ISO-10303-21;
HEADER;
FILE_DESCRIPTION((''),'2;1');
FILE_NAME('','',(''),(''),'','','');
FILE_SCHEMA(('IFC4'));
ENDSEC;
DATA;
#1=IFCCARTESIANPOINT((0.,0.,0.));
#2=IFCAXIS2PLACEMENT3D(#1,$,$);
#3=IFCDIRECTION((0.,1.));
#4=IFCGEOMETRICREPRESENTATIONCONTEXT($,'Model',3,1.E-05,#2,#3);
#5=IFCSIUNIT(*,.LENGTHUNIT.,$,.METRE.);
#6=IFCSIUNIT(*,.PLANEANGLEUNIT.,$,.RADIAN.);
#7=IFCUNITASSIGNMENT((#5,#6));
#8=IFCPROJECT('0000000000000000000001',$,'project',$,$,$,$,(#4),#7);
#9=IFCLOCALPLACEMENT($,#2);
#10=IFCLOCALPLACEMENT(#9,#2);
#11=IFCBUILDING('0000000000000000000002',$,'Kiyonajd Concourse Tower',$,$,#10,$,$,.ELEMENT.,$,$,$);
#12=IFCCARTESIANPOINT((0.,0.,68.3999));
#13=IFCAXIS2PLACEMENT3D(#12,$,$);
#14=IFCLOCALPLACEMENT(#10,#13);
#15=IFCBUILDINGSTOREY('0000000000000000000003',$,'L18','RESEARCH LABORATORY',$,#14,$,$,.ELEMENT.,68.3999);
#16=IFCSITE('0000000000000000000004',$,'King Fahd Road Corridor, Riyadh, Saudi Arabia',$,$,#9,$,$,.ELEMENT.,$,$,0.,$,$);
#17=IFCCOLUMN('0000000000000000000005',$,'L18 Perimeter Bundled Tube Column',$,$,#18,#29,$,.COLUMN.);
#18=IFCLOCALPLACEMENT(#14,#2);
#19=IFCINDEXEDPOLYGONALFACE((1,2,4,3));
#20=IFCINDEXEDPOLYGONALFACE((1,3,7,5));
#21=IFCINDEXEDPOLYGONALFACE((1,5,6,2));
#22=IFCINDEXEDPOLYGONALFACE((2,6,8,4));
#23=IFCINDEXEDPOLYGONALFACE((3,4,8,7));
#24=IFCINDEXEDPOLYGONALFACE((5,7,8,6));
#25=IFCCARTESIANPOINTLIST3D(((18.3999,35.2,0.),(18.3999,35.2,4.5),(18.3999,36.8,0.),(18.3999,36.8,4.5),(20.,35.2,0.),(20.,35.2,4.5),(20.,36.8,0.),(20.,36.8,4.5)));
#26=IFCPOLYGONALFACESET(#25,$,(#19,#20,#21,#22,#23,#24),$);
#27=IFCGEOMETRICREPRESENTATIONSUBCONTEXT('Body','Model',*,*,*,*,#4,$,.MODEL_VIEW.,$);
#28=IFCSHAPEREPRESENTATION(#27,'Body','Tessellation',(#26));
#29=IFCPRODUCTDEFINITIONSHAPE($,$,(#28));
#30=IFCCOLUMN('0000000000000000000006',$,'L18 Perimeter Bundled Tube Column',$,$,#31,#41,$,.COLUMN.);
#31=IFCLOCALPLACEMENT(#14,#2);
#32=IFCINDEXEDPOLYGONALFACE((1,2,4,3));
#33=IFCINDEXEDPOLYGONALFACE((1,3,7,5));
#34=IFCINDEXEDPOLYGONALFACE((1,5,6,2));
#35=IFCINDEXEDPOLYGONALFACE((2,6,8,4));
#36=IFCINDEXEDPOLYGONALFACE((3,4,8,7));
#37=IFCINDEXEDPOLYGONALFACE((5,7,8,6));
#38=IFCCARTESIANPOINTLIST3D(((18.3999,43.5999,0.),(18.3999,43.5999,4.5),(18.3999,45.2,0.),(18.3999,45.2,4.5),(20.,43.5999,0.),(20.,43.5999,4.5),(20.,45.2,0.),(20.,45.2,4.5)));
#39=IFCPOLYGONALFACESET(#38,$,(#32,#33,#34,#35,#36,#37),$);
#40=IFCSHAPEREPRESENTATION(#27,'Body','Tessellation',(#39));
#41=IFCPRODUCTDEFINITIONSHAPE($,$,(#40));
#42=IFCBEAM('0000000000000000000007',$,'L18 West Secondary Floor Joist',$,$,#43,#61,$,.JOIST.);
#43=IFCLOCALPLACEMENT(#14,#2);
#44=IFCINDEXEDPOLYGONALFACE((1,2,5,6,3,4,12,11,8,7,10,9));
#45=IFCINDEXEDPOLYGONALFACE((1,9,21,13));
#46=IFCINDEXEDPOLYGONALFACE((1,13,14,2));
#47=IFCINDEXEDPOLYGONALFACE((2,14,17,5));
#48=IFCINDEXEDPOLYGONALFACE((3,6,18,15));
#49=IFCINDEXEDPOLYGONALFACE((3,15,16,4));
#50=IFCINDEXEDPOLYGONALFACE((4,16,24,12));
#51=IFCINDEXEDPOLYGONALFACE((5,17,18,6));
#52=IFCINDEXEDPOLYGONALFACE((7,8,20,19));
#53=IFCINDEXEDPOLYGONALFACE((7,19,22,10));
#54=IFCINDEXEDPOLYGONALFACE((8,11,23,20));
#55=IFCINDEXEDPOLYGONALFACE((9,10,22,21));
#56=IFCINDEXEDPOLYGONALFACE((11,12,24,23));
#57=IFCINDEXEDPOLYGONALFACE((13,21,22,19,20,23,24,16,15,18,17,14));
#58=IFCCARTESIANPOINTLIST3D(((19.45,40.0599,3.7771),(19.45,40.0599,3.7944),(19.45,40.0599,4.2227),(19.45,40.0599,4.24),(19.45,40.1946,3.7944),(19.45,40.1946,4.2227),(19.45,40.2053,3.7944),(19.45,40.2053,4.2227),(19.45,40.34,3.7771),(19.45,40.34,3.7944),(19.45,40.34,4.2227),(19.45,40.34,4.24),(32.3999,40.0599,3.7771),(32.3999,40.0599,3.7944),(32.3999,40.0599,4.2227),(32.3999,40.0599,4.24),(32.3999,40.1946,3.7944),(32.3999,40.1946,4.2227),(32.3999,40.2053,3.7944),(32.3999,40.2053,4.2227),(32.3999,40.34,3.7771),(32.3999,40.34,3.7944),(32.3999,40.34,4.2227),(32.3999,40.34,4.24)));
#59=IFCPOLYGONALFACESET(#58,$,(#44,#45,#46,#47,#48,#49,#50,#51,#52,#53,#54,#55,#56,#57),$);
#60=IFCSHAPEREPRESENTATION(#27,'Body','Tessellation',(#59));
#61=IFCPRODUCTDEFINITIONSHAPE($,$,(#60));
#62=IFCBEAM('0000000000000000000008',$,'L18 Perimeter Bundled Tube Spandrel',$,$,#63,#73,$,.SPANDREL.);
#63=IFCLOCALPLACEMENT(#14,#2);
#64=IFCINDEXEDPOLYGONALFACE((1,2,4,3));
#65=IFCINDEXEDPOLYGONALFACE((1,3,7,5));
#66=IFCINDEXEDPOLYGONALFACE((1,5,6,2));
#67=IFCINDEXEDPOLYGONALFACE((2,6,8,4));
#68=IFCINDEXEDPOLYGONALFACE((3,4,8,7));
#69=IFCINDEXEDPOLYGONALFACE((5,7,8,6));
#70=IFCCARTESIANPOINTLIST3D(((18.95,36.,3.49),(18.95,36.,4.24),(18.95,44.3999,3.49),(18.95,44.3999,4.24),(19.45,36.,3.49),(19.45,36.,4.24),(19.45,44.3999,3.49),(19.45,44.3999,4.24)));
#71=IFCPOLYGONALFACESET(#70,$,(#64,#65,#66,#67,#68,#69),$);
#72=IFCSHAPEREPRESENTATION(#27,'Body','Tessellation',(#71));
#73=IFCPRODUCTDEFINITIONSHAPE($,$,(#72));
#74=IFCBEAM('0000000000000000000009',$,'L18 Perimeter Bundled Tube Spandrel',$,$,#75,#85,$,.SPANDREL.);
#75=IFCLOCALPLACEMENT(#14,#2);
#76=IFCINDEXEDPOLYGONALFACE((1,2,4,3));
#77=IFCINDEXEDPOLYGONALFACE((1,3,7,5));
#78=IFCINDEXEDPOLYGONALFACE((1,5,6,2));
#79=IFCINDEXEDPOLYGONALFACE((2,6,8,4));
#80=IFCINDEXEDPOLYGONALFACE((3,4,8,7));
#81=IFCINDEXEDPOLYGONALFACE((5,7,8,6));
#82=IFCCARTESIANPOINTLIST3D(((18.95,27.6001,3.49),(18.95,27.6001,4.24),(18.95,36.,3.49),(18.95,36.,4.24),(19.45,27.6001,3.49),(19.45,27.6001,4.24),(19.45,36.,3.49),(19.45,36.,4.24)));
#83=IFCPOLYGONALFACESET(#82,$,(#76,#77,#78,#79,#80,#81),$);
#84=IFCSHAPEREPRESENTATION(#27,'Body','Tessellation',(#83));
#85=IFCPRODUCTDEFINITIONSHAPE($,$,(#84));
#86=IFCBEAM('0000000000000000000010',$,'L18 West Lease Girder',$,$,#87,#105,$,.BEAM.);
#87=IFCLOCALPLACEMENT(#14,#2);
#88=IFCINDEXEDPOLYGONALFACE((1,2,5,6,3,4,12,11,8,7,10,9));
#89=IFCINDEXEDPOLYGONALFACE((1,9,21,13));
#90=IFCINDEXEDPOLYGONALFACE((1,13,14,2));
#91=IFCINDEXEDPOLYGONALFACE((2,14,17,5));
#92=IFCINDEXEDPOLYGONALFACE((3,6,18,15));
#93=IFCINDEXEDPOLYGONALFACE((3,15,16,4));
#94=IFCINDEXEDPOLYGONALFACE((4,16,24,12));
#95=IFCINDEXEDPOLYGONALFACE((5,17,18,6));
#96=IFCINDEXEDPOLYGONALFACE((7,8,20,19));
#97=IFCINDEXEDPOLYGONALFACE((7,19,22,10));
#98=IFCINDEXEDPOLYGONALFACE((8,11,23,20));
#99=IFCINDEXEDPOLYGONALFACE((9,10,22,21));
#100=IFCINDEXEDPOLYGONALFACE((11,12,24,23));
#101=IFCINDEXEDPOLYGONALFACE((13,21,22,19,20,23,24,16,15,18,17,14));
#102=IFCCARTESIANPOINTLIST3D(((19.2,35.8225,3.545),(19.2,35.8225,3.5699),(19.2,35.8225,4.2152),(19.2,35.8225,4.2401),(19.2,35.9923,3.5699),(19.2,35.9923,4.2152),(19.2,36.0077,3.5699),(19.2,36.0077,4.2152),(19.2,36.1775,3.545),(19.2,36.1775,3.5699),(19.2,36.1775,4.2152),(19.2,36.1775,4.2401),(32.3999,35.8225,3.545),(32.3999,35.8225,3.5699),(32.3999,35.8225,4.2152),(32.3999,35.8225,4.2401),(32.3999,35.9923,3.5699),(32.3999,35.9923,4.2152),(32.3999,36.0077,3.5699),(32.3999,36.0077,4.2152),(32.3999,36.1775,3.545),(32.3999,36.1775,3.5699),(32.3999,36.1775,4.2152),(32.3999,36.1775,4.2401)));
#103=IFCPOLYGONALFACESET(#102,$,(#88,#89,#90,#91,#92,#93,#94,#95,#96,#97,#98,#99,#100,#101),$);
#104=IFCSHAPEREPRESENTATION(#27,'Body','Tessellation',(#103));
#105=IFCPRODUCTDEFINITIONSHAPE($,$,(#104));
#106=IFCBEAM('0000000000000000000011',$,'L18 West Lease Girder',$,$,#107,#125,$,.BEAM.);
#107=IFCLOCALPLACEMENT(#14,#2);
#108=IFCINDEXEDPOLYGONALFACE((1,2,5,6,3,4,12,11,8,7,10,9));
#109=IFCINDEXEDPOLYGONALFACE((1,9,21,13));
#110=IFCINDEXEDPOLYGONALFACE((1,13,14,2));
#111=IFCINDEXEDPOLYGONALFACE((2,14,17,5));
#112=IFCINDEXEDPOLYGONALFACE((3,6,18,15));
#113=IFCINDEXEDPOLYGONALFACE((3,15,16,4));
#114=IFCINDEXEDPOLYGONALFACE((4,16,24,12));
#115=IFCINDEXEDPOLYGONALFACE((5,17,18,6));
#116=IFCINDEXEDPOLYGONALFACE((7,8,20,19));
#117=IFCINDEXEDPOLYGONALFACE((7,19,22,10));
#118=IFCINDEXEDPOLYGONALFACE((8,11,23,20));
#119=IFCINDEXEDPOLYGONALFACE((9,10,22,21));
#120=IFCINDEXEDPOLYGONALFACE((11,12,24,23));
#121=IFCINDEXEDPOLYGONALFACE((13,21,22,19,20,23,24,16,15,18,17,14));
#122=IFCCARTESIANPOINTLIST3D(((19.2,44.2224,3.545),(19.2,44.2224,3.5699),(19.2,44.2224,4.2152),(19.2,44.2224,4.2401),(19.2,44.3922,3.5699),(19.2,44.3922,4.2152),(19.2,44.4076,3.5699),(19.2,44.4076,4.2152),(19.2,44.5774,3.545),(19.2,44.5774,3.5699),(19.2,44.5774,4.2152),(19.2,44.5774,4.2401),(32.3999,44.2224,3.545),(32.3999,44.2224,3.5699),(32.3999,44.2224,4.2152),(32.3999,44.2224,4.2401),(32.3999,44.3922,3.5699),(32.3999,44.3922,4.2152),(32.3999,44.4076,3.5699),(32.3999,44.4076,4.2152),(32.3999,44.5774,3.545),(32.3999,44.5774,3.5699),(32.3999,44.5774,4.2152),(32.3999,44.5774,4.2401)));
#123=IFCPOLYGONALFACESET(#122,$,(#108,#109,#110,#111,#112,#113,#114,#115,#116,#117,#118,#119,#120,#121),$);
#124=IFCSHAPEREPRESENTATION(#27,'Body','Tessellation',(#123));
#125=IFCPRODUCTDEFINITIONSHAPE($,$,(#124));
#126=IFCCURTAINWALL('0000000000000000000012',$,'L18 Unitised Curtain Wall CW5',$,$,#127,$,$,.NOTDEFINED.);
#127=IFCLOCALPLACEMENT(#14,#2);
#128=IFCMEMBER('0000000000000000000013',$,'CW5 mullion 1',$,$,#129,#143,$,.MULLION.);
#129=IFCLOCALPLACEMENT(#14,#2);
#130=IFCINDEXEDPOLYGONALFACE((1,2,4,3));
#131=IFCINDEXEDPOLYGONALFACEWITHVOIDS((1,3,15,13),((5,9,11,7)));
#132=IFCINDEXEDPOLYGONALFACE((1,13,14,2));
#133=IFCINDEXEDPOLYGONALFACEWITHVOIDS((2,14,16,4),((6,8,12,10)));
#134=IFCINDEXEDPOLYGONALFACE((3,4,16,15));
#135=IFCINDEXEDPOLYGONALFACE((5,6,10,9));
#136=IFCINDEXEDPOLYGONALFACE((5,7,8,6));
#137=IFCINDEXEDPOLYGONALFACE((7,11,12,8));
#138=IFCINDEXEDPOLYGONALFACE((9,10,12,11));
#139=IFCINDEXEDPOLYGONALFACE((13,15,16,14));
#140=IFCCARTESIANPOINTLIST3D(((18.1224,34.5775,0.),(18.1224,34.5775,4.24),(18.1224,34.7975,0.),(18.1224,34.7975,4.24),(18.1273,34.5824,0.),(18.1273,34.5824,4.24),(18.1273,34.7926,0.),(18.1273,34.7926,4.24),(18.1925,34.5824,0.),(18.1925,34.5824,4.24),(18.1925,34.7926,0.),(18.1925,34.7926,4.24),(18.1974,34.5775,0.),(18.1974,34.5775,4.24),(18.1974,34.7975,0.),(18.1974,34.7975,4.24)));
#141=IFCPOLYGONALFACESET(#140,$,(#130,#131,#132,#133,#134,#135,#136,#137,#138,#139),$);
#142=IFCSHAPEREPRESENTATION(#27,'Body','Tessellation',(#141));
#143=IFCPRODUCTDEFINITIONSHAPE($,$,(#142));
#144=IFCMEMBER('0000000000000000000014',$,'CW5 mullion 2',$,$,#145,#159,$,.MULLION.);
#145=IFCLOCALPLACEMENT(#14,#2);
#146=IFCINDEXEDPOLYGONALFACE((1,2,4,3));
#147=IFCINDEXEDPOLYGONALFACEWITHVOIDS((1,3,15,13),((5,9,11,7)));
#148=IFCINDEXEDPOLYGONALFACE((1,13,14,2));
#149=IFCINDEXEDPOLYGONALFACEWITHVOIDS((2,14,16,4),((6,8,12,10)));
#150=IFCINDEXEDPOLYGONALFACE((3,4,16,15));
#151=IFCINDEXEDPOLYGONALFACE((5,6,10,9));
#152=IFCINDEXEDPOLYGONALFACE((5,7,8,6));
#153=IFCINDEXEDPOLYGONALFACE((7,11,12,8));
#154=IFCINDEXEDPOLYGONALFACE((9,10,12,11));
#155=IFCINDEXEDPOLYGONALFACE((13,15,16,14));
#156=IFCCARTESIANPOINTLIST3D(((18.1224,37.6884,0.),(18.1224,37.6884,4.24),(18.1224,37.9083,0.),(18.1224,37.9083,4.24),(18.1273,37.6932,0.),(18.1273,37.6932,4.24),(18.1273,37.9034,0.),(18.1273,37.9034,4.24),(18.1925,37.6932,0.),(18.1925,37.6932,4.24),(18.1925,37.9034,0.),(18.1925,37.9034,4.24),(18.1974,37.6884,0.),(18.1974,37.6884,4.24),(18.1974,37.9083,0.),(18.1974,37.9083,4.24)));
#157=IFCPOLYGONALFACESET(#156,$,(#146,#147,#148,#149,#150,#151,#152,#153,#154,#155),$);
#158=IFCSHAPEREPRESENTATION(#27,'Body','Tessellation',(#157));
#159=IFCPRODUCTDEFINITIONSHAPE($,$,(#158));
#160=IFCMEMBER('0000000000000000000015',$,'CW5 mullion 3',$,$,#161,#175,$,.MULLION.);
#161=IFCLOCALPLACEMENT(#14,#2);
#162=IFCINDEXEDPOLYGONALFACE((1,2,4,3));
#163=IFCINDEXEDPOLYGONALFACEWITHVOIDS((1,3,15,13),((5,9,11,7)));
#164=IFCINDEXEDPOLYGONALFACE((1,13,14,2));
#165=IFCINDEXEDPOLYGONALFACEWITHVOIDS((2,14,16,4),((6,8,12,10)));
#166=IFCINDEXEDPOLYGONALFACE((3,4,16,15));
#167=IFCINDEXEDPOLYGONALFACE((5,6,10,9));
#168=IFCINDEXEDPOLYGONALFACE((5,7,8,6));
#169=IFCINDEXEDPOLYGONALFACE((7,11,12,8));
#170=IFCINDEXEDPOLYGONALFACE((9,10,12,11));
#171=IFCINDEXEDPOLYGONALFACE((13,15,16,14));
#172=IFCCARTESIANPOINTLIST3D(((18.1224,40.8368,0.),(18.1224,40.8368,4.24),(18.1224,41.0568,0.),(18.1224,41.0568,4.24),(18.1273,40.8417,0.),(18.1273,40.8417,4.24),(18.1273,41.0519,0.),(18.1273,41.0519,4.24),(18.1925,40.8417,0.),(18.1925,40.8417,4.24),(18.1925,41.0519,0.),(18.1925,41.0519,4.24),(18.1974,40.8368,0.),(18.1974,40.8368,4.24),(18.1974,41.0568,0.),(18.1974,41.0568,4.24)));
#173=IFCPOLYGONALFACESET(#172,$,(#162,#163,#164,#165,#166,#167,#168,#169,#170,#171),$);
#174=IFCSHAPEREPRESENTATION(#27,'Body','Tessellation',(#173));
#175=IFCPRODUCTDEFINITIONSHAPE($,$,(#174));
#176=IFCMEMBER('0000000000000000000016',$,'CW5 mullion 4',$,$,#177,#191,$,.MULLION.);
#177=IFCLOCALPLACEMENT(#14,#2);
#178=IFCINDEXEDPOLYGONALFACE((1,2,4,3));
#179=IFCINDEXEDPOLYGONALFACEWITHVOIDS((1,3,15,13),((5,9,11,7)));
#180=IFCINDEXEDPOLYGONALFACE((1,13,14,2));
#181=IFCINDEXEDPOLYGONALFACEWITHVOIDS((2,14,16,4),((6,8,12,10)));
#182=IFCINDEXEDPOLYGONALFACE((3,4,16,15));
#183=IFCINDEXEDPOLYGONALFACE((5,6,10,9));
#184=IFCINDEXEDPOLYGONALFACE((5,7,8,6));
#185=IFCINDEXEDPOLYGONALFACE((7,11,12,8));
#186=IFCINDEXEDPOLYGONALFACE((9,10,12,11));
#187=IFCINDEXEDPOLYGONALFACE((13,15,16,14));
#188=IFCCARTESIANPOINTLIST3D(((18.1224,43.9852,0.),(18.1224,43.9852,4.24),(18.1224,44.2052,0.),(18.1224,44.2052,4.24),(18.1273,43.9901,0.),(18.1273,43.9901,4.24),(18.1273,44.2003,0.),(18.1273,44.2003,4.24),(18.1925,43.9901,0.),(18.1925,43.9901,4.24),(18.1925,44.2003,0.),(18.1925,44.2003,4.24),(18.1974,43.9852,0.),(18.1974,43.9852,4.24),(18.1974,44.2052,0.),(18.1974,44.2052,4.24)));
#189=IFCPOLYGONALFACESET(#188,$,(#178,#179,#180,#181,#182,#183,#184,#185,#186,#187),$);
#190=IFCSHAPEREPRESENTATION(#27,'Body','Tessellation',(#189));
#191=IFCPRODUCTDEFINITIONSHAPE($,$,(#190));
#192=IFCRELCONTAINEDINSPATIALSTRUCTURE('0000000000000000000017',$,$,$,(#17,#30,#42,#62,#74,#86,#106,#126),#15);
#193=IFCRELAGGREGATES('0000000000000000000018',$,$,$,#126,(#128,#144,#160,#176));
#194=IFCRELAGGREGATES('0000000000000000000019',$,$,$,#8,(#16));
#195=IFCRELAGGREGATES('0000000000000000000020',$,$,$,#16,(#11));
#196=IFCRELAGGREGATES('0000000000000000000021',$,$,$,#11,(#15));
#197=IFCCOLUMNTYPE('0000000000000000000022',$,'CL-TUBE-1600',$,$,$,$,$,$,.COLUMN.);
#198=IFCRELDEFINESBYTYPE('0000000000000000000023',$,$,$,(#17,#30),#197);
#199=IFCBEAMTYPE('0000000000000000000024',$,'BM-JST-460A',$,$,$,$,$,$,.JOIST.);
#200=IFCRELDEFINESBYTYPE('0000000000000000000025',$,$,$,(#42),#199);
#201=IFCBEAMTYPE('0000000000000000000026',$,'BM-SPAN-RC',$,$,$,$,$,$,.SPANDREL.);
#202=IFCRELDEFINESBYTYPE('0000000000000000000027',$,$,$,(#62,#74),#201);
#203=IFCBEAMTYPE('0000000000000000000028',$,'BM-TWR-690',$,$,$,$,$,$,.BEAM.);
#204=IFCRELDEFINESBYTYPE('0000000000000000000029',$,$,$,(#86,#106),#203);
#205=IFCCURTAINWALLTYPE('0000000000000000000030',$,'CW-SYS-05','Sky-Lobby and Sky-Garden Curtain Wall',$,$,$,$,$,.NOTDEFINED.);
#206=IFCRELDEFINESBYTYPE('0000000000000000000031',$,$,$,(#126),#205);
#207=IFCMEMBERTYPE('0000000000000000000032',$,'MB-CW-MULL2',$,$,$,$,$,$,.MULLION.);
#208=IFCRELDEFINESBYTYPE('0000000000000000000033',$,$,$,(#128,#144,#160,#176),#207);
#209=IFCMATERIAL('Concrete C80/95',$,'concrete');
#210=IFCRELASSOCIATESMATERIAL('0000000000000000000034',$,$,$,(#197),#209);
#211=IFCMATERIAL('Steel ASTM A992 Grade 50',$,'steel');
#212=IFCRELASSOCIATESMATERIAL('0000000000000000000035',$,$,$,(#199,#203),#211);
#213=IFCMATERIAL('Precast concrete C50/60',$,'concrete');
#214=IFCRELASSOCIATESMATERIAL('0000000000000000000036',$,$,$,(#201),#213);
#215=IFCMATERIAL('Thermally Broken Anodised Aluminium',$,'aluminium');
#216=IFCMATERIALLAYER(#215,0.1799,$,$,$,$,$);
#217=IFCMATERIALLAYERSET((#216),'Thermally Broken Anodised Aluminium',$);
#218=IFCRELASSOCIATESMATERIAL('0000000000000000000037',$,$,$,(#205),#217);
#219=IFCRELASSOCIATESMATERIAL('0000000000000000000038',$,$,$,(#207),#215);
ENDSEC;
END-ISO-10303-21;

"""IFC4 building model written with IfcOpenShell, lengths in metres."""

from ifc_helpers import new_model, si_unit, direction, frame, origin, origin_2d, place, context, subcontext, project, spatial, rectangle, hollow_rectangle, i_section, extrude, material, layer, layer_set, material_profile, profile_set, type_object, element, aggregate, save


model = new_model("IFC4")

# Units and contexts
model_context = context("Model", 3, precision=1e-05, world=origin(), true_north=direction((0.0, 1.0)))
body_context = subcontext(model_context, "Body", "Model", "MODEL_VIEW")
ifc_project = project(units=[si_unit("LENGTHUNIT", "METRE"), si_unit("PLANEANGLEUNIT", "RADIAN")], contexts=[model_context])

# Site, building, storey
site_placement = place(None, origin())
site = spatial("IfcSite", under=ifc_project, at=site_placement, Name="King Fahd Road Corridor, Riyadh, Saudi Arabia", CompositionType="ELEMENT", RefElevation=0.0)
building_placement = place(site_placement, origin())
building = spatial("IfcBuilding", under=site, at=building_placement, Name="Kiyonajd Concourse Tower", CompositionType="ELEMENT")
storey_placement = place(building_placement, frame((0.0, 0.0, 68.3999)))
storey = spatial("IfcBuildingStorey", under=building, at=storey_placement, Name="L18", Description="RESEARCH LABORATORY", CompositionType="ELEMENT", Elevation=68.3999)

# Columns
ifc_material_1 = material(Name="Concrete C80/95", Category="concrete")
ifc_material_profile_1 = material_profile(ifc_material_1, rectangle(XDim=1.6001, YDim=1.6001, at=origin_2d()), Name="RC-1600x1600")
ifc_profile_set_1 = profile_set([ifc_material_profile_1], Name="Concrete C80/95")
column_type = type_object("IfcColumnType", Name="CL-TUBE-1600", PredefinedType="COLUMN", material=ifc_profile_set_1)
for number, where, z_axis, x_axis, name in (
    (1, (19.2, 36.0, 0.0), (0.0, 0.0, 1.0), (1.0, 0.0, 0.0), "L18 Perimeter Bundled Tube Column"),
    (2, (19.2, 44.3999, 0.0), (0.0, 0.0, 1.0), (1.0, 0.0, 0.0), "L18 Perimeter Bundled Tube Column"),
):
    element("IfcColumn", number, at=place(storey_placement, frame(where, z_axis=z_axis, x_axis=x_axis)), inside=storey, type_object=column_type, Name=name, PredefinedType="COLUMN", context=body_context, shape_type="SweptSolid", body=[
        extrude(rectangle(XDim=1.6001, YDim=1.6001, at=origin_2d()), origin(), (0.0, 0.0, 1.0), 4.5),
    ])

# Beams
ifc_material_2 = material(Name="Steel ASTM A992 Grade 50", Category="steel")
ifc_material_profile_2 = material_profile(ifc_material_2, i_section(OverallWidth=0.28, OverallDepth=0.4629, WebThickness=0.0107, FlangeThickness=0.0173, at=origin_2d()), Name="W460X113")
ifc_profile_set_2 = profile_set([ifc_material_profile_2], Name="Steel ASTM A992 Grade 50")
beam_type_1 = type_object("IfcBeamType", Name="BM-JST-460A", PredefinedType="JOIST", material=ifc_profile_set_2)
beam_placement = place(storey_placement, frame((19.45, 40.2, 4.0085), z_axis=(1.0, 0.0, 0.0), x_axis=(0.0, 1.0, 0.0)))
element("IfcBeam", 3, at=beam_placement, inside=storey, type_object=beam_type_1, Name="L18 West Secondary Floor Joist", PredefinedType="JOIST", context=body_context, shape_type="SweptSolid", body=[
    extrude(i_section(OverallWidth=0.28, OverallDepth=0.4629, WebThickness=0.0107, FlangeThickness=0.0173, at=origin_2d()), origin(), (0.0, 0.0, 1.0), 12.95),
])
ifc_material_3 = material(Name="Precast concrete C50/60", Category="concrete")
ifc_material_profile_3 = material_profile(ifc_material_3, rectangle(XDim=0.5, YDim=0.75, at=origin_2d()), Name="RCBM-500x750")
ifc_profile_set_3 = profile_set([ifc_material_profile_3], Name="Precast concrete C50/60")
beam_type_2 = type_object("IfcBeamType", Name="BM-SPAN-RC", PredefinedType="SPANDREL", material=ifc_profile_set_3)
for number, where, z_axis, x_axis, name in (
    (4, (19.2, 44.3999, 3.865), (0.0, -1.0, 0.0), (1.0, 0.0, 0.0), "L18 Perimeter Bundled Tube Spandrel"),
    (5, (19.2, 36.0, 3.865), (0.0, -1.0, 0.0), (1.0, 0.0, 0.0), "L18 Perimeter Bundled Tube Spandrel"),
):
    element("IfcBeam", number, at=place(storey_placement, frame(where, z_axis=z_axis, x_axis=x_axis)), inside=storey, type_object=beam_type_2, Name=name, PredefinedType="SPANDREL", context=body_context, shape_type="SweptSolid", body=[
        extrude(rectangle(XDim=0.5, YDim=0.75, at=origin_2d()), origin(), (0.0, 0.0, 1.0), 8.3999),
    ])
ifc_material_profile_4 = material_profile(ifc_material_2, i_section(OverallWidth=0.355, OverallDepth=0.6951, WebThickness=0.0154, FlangeThickness=0.0249, at=origin_2d()), Name="W690X217")
ifc_profile_set_4 = profile_set([ifc_material_profile_4], Name="Steel ASTM A992 Grade 50")
beam_type_3 = type_object("IfcBeamType", Name="BM-TWR-690", PredefinedType="BEAM", material=ifc_profile_set_4)
for number, where, z_axis, x_axis, name in (
    (6, (19.2, 36.0, 3.8926), (1.0, 0.0, 0.0), (0.0, 1.0, 0.0), "L18 West Lease Girder"),
    (7, (19.2, 44.3999, 3.8926), (1.0, 0.0, 0.0), (0.0, 1.0, 0.0), "L18 West Lease Girder"),
):
    element("IfcBeam", number, at=place(storey_placement, frame(where, z_axis=z_axis, x_axis=x_axis)), inside=storey, type_object=beam_type_3, Name=name, PredefinedType="BEAM", context=body_context, shape_type="SweptSolid", body=[
        extrude(i_section(OverallWidth=0.355, OverallDepth=0.6951, WebThickness=0.0154, FlangeThickness=0.0249, at=origin_2d()), origin(), (0.0, 0.0, 1.0), 13.2),
    ])

# Curtain wall, members
ifc_material_4 = material(Name="Thermally Broken Anodised Aluminium", Category="aluminium")
ifc_layer_1 = layer(ifc_material_4, 0.1799)
ifc_layer_set_1 = layer_set([ifc_layer_1], Name="Thermally Broken Anodised Aluminium")
curtain_wall_type = type_object("IfcCurtainWallType", Name="CW-SYS-05", Description="Sky-Lobby and Sky-Garden Curtain Wall", PredefinedType="NOTDEFINED", material=ifc_layer_set_1)
curtain_wall_placement = place(storey_placement, origin())
curtain_wall = element("IfcCurtainWall", 8, at=curtain_wall_placement, inside=storey, type_object=curtain_wall_type, Name="L18 Unitised Curtain Wall CW5", PredefinedType="NOTDEFINED")
ifc_material_profile_5 = material_profile(ifc_material_4, hollow_rectangle(XDim=0.075, YDim=0.22, WallThickness=0.0049, at=origin_2d()), Name="MULL-75x220")
ifc_profile_set_5 = profile_set([ifc_material_profile_5], Name="Thermally Broken Anodised Aluminium")
member_type_1 = type_object("IfcMemberType", Name="MB-CW-MULL2", PredefinedType="MULLION", material=ifc_profile_set_5)
member_1_placement = place(storey_placement, frame((18.1599, 34.6875, 0.0), z_axis=(0.0, 0.0, 1.0), x_axis=(-1.0, 0.0, 0.0)))
member_1 = element("IfcMember", 9, at=member_1_placement, type_object=member_type_1, Name="CW5 mullion 1", PredefinedType="MULLION", context=body_context, shape_type="SweptSolid", body=[
    extrude(hollow_rectangle(XDim=0.075, YDim=0.22, WallThickness=0.0049, at=origin_2d()), origin(), (0.0, 0.0, 1.0), 4.24),
])
member_2_placement = place(storey_placement, frame((18.1599, 37.7983, 0.0), z_axis=(0.0, 0.0, 1.0), x_axis=(-1.0, 0.0, 0.0)))
member_2 = element("IfcMember", 10, at=member_2_placement, type_object=member_type_1, Name="CW5 mullion 2", PredefinedType="MULLION", context=body_context, shape_type="SweptSolid", body=[
    extrude(hollow_rectangle(XDim=0.075, YDim=0.22, WallThickness=0.0049, at=origin_2d()), origin(), (0.0, 0.0, 1.0), 4.24),
])
member_3_placement = place(storey_placement, frame((18.1599, 40.9468, 0.0), z_axis=(0.0, 0.0, 1.0), x_axis=(-1.0, 0.0, 0.0)))
member_3 = element("IfcMember", 11, at=member_3_placement, type_object=member_type_1, Name="CW5 mullion 3", PredefinedType="MULLION", context=body_context, shape_type="SweptSolid", body=[
    extrude(hollow_rectangle(XDim=0.075, YDim=0.22, WallThickness=0.0049, at=origin_2d()), origin(), (0.0, 0.0, 1.0), 4.24),
])
member_4_placement = place(storey_placement, frame((18.1599, 44.0952, 0.0), z_axis=(0.0, 0.0, 1.0), x_axis=(-1.0, 0.0, 0.0)))
member_4 = element("IfcMember", 12, at=member_4_placement, type_object=member_type_1, Name="CW5 mullion 4", PredefinedType="MULLION", context=body_context, shape_type="SweptSolid", body=[
    extrude(hollow_rectangle(XDim=0.075, YDim=0.22, WallThickness=0.0049, at=origin_2d()), origin(), (0.0, 0.0, 1.0), 4.24),
])
aggregate(curtain_wall, [member_1, member_2, member_3, member_4])

save(model, "model.ifc")
